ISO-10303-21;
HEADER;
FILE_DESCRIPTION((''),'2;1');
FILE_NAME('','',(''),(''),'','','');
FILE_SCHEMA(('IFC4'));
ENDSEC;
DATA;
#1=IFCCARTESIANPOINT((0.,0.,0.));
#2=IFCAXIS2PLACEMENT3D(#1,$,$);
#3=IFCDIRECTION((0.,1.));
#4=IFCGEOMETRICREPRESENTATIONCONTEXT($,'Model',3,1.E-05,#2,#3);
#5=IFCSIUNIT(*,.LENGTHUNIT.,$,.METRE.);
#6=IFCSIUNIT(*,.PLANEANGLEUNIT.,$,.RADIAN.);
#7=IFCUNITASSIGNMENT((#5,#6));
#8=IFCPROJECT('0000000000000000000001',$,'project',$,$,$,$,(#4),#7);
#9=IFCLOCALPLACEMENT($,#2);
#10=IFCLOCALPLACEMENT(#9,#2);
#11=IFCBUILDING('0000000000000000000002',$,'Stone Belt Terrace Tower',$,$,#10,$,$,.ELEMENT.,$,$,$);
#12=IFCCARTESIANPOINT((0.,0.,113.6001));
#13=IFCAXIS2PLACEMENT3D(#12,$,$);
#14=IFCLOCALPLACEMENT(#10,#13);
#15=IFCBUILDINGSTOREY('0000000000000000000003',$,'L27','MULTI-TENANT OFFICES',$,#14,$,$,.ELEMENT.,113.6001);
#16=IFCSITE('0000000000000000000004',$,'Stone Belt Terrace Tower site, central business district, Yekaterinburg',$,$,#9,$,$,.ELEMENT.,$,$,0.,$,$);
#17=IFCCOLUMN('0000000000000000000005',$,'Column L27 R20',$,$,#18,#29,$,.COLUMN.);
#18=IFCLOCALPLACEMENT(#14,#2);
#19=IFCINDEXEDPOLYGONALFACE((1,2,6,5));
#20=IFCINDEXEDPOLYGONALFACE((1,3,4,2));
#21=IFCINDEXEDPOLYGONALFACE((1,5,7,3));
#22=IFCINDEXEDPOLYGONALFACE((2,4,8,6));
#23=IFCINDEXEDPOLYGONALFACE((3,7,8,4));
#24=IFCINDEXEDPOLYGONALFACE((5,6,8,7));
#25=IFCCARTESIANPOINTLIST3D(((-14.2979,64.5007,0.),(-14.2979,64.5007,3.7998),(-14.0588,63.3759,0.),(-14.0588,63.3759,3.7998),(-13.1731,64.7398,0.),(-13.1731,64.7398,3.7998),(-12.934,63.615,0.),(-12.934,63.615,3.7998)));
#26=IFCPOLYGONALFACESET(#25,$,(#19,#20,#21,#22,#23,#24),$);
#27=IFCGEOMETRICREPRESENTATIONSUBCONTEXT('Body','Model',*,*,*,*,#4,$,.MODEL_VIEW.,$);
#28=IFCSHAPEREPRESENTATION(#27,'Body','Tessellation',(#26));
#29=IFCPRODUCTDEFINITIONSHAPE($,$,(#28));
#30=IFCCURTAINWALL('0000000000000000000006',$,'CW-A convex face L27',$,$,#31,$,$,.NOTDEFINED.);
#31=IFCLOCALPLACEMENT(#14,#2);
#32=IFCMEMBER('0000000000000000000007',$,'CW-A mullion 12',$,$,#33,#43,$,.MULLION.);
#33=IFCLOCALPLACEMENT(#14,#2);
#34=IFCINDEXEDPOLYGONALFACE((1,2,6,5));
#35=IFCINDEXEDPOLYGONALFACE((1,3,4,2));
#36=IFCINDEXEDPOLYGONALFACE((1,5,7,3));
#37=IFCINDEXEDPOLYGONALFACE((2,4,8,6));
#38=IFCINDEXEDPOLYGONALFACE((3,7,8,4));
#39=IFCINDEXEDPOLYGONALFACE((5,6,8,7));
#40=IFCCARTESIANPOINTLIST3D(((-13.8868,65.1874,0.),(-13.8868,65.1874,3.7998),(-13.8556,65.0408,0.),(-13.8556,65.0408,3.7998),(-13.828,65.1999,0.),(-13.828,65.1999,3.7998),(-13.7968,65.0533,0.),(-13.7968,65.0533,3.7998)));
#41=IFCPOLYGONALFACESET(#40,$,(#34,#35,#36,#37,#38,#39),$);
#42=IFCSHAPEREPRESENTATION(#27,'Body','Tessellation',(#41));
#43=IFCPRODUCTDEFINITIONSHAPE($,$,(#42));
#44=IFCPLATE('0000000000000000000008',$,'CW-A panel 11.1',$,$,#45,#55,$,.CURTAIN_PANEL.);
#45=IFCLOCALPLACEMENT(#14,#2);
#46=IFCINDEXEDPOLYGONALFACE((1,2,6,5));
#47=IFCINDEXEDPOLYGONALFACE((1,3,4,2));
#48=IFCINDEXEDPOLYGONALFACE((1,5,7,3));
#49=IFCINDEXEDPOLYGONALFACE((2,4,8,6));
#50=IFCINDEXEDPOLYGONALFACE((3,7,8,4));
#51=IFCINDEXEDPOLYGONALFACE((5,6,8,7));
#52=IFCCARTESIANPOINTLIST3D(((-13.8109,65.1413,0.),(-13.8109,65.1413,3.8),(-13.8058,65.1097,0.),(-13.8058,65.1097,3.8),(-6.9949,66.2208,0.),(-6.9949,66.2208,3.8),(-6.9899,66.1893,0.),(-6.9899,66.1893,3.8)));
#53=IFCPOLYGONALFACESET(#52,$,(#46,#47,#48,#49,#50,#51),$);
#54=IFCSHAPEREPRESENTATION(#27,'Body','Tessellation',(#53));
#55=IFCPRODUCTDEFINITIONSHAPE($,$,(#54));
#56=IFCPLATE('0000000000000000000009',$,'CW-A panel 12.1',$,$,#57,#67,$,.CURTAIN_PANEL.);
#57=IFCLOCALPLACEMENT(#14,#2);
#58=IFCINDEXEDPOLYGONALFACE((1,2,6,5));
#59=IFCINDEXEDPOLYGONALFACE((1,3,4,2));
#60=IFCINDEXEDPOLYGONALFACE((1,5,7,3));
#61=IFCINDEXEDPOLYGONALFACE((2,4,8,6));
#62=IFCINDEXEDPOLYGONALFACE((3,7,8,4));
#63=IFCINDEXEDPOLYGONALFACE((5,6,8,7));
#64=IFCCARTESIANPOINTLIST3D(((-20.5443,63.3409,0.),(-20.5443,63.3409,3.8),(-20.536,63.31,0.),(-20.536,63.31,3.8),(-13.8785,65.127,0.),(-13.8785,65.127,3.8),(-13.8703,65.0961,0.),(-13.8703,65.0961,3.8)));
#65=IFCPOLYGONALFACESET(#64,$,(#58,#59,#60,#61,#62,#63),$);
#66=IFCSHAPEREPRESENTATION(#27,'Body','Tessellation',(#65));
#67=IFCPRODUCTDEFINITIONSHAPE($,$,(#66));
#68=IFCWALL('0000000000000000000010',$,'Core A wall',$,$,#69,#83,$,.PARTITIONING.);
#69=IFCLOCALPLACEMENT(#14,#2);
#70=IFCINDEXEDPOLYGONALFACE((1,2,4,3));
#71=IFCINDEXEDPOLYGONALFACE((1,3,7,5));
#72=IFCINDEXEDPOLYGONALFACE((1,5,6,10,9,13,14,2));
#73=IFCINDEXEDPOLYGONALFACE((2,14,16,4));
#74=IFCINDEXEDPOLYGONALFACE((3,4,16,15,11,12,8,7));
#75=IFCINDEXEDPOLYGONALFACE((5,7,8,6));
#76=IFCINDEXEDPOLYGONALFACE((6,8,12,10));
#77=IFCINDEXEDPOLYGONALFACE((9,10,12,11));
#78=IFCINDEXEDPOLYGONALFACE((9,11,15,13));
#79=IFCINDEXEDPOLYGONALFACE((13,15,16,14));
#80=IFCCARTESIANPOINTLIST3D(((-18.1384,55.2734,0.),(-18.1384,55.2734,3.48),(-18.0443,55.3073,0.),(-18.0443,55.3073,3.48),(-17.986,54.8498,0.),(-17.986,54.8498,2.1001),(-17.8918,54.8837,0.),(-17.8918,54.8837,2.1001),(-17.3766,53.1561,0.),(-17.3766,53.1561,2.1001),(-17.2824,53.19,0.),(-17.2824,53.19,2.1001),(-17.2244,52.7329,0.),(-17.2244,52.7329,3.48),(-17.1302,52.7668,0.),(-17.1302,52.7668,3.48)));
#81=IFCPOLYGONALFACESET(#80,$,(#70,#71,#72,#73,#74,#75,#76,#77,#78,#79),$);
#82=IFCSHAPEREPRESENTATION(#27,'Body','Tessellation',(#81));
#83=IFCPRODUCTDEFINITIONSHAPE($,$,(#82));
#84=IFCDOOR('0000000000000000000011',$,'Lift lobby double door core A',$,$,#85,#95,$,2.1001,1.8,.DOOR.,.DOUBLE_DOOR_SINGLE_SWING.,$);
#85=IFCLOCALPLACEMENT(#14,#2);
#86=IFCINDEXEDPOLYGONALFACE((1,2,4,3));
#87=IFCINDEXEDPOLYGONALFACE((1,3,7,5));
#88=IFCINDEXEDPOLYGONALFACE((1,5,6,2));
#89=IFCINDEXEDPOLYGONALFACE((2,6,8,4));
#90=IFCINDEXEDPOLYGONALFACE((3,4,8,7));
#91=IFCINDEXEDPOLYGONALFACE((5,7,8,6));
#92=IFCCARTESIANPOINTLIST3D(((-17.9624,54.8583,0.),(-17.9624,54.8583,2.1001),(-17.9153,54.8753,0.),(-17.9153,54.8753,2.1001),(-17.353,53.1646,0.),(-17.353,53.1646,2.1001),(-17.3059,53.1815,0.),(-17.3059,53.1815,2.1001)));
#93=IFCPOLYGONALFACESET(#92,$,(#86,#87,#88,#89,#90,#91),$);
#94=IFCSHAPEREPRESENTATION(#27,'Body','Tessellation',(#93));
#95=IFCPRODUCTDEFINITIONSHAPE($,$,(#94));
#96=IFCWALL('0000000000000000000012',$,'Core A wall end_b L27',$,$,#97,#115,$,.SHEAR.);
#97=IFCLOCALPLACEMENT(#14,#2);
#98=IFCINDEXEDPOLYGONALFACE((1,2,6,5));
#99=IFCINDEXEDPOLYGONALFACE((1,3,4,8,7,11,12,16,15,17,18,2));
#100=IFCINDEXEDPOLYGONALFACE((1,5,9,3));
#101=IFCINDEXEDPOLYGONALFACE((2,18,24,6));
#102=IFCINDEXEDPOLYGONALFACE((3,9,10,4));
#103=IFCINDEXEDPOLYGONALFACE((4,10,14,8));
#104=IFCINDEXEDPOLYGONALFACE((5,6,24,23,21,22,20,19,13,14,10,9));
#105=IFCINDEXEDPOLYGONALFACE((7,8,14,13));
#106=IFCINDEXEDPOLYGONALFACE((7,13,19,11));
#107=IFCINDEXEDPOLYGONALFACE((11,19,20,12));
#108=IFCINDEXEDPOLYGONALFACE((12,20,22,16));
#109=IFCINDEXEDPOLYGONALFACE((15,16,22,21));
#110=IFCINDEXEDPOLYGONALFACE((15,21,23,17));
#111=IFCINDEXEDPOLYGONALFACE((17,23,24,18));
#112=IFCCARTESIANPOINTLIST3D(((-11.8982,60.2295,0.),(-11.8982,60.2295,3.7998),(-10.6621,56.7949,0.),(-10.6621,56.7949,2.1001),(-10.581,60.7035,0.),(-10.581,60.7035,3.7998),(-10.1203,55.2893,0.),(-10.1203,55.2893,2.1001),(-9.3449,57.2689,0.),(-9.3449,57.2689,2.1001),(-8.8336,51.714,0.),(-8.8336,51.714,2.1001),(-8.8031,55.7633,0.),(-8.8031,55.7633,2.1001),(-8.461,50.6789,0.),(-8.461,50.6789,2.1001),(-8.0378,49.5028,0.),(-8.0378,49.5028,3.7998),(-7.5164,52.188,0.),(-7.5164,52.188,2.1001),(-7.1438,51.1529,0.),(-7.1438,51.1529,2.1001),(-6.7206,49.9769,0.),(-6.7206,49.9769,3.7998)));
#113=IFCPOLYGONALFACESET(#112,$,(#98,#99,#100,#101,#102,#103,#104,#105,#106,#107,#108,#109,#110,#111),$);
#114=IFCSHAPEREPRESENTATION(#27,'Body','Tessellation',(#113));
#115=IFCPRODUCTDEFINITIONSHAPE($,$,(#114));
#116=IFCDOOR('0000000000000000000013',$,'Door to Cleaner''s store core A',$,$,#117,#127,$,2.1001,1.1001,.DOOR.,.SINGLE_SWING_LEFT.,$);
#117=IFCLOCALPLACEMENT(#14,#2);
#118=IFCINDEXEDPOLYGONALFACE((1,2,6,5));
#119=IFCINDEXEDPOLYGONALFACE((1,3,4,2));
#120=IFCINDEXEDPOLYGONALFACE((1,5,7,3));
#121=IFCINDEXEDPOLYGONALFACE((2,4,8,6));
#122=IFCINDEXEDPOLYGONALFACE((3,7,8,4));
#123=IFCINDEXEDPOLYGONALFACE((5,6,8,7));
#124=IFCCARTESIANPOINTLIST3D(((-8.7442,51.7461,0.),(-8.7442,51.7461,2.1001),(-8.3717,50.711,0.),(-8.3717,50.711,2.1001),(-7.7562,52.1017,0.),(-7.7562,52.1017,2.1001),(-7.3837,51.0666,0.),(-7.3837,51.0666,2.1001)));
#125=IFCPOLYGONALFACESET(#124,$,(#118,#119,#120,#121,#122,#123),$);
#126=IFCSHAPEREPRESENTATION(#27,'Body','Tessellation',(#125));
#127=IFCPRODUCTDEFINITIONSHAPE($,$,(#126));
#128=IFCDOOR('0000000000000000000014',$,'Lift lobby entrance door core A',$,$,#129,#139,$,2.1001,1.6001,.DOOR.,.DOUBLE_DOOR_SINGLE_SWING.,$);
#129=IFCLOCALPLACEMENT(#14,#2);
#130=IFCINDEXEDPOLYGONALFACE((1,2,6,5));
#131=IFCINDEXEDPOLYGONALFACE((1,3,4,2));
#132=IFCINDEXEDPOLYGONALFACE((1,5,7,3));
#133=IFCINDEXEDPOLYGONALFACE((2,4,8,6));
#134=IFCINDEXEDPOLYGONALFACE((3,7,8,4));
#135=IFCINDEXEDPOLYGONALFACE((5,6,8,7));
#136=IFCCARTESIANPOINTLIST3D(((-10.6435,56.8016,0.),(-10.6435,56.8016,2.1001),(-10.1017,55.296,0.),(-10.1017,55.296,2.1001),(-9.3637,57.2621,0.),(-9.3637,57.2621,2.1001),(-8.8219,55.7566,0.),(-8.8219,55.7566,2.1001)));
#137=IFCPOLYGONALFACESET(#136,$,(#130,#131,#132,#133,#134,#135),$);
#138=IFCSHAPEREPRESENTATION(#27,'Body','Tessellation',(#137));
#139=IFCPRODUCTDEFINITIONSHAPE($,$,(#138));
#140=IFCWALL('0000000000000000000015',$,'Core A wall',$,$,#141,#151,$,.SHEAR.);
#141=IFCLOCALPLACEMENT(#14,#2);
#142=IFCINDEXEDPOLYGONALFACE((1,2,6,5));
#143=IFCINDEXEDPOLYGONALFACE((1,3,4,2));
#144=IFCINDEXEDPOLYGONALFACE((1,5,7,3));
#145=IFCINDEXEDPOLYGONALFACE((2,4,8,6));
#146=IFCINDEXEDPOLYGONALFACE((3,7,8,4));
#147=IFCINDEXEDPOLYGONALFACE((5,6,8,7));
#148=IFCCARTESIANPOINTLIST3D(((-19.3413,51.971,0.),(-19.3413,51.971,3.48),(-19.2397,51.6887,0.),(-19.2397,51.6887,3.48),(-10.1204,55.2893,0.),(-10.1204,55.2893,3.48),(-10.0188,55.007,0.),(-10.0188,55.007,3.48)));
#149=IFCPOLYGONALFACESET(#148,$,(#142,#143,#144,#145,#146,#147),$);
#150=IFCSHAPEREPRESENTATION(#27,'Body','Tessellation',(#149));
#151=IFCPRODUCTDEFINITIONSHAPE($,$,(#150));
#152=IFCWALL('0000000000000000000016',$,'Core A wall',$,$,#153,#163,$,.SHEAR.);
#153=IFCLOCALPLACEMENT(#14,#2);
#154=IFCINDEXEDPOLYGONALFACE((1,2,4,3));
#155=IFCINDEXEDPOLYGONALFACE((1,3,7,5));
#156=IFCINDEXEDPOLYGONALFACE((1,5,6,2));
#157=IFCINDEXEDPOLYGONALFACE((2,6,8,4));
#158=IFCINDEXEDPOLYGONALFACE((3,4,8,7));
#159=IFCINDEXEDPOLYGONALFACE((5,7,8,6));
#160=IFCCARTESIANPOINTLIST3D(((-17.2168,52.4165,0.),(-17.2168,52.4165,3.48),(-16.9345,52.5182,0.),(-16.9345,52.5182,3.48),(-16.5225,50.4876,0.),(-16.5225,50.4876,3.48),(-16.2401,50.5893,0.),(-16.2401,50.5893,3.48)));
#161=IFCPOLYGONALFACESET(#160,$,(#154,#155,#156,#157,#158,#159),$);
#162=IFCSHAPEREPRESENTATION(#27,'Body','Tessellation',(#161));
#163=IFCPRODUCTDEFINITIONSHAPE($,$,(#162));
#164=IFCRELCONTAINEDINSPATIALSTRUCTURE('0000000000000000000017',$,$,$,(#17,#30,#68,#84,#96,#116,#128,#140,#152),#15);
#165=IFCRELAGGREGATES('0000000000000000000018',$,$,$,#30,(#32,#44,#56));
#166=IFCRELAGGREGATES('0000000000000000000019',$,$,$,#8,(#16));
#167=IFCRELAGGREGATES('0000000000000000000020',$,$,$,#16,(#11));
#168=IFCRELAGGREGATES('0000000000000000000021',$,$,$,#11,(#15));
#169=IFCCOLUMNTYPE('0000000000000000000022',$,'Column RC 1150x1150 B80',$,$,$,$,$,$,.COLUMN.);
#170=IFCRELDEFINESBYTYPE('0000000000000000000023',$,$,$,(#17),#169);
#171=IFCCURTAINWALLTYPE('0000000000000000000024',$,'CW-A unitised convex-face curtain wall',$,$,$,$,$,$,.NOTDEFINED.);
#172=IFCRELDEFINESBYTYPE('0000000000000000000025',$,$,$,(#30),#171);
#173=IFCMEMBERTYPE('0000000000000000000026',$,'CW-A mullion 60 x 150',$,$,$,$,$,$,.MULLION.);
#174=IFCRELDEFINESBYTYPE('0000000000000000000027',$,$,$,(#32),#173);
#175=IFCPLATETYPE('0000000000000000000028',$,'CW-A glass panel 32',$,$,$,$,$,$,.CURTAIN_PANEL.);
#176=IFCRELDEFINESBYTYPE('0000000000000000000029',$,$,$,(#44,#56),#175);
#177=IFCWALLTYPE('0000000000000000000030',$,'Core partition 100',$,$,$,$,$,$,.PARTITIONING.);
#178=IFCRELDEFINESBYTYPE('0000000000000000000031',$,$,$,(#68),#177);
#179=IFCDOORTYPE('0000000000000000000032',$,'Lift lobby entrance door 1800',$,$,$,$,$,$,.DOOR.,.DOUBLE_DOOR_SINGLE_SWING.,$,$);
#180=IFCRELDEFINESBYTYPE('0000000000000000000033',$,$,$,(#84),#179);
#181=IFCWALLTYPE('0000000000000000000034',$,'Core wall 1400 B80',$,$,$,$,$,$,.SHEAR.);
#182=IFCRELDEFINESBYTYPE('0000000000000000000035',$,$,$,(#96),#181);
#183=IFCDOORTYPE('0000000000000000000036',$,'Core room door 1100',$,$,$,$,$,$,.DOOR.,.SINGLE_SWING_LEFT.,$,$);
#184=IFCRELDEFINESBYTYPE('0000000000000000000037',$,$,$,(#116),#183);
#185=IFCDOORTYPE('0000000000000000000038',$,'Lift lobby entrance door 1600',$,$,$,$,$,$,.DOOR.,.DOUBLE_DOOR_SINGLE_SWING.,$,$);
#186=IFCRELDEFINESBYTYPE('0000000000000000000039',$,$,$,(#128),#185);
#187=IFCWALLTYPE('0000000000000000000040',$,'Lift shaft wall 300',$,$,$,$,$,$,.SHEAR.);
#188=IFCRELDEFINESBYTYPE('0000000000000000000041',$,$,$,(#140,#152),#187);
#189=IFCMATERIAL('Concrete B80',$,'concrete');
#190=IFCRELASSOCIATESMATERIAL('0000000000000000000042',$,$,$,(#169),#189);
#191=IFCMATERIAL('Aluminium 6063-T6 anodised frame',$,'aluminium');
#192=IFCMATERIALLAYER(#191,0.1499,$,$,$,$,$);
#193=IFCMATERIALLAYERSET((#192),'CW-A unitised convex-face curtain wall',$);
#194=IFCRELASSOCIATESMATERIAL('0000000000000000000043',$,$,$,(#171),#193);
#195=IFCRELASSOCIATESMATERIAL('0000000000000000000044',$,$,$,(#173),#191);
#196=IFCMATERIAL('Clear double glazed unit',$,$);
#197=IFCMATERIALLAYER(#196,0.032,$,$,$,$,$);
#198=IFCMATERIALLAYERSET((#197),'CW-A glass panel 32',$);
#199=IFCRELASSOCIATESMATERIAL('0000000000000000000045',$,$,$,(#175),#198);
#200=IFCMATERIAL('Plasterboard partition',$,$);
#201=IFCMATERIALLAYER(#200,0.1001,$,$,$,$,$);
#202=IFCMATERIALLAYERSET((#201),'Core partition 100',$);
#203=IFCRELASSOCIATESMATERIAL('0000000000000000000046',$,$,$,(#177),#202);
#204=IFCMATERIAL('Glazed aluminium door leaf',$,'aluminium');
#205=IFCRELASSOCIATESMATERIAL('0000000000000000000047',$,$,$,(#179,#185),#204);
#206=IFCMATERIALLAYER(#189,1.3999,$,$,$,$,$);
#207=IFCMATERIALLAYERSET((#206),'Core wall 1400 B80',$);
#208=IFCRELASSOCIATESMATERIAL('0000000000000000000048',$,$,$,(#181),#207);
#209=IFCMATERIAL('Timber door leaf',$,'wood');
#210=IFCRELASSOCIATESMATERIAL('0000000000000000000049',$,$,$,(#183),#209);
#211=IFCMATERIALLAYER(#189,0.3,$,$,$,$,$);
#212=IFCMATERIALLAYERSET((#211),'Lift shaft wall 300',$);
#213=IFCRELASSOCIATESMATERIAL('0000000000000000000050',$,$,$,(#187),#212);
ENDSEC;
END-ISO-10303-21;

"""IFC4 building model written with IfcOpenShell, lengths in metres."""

from ifc_helpers import new_model, si_unit, direction, frame, frame_2d, origin, origin_2d, place, context, subcontext, project, spatial, rectangle, extrude, material, layer, layer_set, material_profile, profile_set, type_object, element, fill, aggregate, save


model = new_model("IFC4")

# Units and contexts
model_context = context("Model", 3, precision=1e-05, world=origin(), true_north=direction((0.0, 1.0)))
body_context = subcontext(model_context, "Body", "Model", "MODEL_VIEW")
ifc_project = project(units=[si_unit("LENGTHUNIT", "METRE"), si_unit("PLANEANGLEUNIT", "RADIAN")], contexts=[model_context])

# Site, building, storey
site_placement = place(None, origin())
site = spatial("IfcSite", under=ifc_project, at=site_placement, Name="Stone Belt Terrace Tower site, central business district, Yekaterinburg", CompositionType="ELEMENT", RefElevation=0.0)
building_placement = place(site_placement, origin())
building = spatial("IfcBuilding", under=site, at=building_placement, Name="Stone Belt Terrace Tower", CompositionType="ELEMENT")
storey_placement = place(building_placement, frame((0.0, 0.0, 113.6001)))
storey = spatial("IfcBuildingStorey", under=building, at=storey_placement, Name="L27", Description="MULTI-TENANT OFFICES", CompositionType="ELEMENT", Elevation=113.6001)

# Column
ifc_material_1 = material(Name="Concrete B80", Category="concrete")
ifc_material_profile_1 = material_profile(ifc_material_1, rectangle(XDim=1.1499, YDim=1.1499, at=origin_2d()), Name="RC 1150x1150")
ifc_profile_set_1 = profile_set([ifc_material_profile_1], Name="Concrete B80")
column_type = type_object("IfcColumnType", Name="Column RC 1150x1150 B80", PredefinedType="COLUMN", material=ifc_profile_set_1)
column_placement = place(storey_placement, frame((-13.616, 64.0579, 0.0), z_axis=(0.0, 0.0, 1.0), x_axis=(0.978148, 0.207912, 0.0)))
element("IfcColumn", 1, at=column_placement, inside=storey, type_object=column_type, Name="Column L27 R20", PredefinedType="COLUMN", context=body_context, shape_type="SweptSolid", body=[
    extrude(rectangle(XDim=1.1499, YDim=1.1499, at=origin_2d()), origin(), (0.0, 0.0, 1.0), 3.7998),
])

# Curtain wall, member, plates
ifc_material_2 = material(Name="Aluminium 6063-T6 anodised frame", Category="aluminium")
ifc_layer_1 = layer(ifc_material_2, 0.1499)
ifc_layer_set_1 = layer_set([ifc_layer_1], Name="CW-A unitised convex-face curtain wall")
curtain_wall_type = type_object("IfcCurtainWallType", Name="CW-A unitised convex-face curtain wall", PredefinedType="NOTDEFINED", material=ifc_layer_set_1)
curtain_wall_placement = place(storey_placement, origin())
curtain_wall = element("IfcCurtainWall", 2, at=curtain_wall_placement, inside=storey, type_object=curtain_wall_type, Name="CW-A convex face L27", PredefinedType="NOTDEFINED")
ifc_material_profile_2 = material_profile(ifc_material_2, rectangle(XDim=0.1499, YDim=0.0601, at=origin_2d()), Name="Aluminium 6063-T6 60x150")
ifc_profile_set_2 = profile_set([ifc_material_profile_2], Name="Aluminium 6063-T6 anodised frame")
member_type = type_object("IfcMemberType", Name="CW-A mullion 60 x 150", PredefinedType="MULLION", material=ifc_profile_set_2)
member_placement = place(storey_placement, frame((-13.8418, 65.1204, 0.0), z_axis=(0.0, 0.0, 1.0), x_axis=(0.207912, -0.978148, 0.0)))
member = element("IfcMember", 3, at=member_placement, type_object=member_type, Name="CW-A mullion 12", PredefinedType="MULLION", context=body_context, shape_type="SweptSolid", body=[
    extrude(rectangle(XDim=0.1499, YDim=0.0601, at=origin_2d()), origin(), (0.0, 0.0, 1.0), 3.7998),
])
ifc_material_3 = material(Name="Clear double glazed unit")
ifc_layer_2 = layer(ifc_material_3, 0.032)
ifc_layer_set_2 = layer_set([ifc_layer_2], Name="CW-A glass panel 32")
plate_type = type_object("IfcPlateType", Name="CW-A glass panel 32", PredefinedType="CURTAIN_PANEL", material=ifc_layer_set_2)
plate_1_placement = place(storey_placement, frame((-10.4004, 65.6653, 0.0), z_axis=(0.0, 0.0, 1.0), x_axis=(-0.987688, -0.156434, 0.0)))
plate_1 = element("IfcPlate", 4, at=plate_1_placement, type_object=plate_type, Name="CW-A panel 11.1", PredefinedType="CURTAIN_PANEL", context=body_context, shape_type="SweptSolid", body=[
    extrude(rectangle(XDim=6.9009, YDim=0.032, at=origin_2d()), origin(), (0.0, 0.0, 1.0), 3.8),
])
plate_2_placement = place(storey_placement, frame((-17.2073, 64.2185, 0.0), z_axis=(0.0, 0.0, 1.0), x_axis=(-0.965926, -0.258819, 0.0)))
plate_2 = element("IfcPlate", 5, at=plate_2_placement, type_object=plate_type, Name="CW-A panel 12.1", PredefinedType="CURTAIN_PANEL", context=body_context, shape_type="SweptSolid", body=[
    extrude(rectangle(XDim=6.9009, YDim=0.032, at=origin_2d()), origin(), (0.0, 0.0, 1.0), 3.8),
])
aggregate(curtain_wall, [member, plate_1, plate_2])

# Wall, opening, door
ifc_material_4 = material(Name="Plasterboard partition")
ifc_layer_3 = layer(ifc_material_4, 0.1001)
ifc_layer_set_3 = layer_set([ifc_layer_3], Name="Core partition 100")
wall_type_1 = type_object("IfcWallType", Name="Core partition 100", PredefinedType="PARTITIONING", material=ifc_layer_set_3)
wall_1_placement = place(storey_placement, frame((-17.1772, 52.7498, 0.0), z_axis=(0.0, 0.0, 1.0), x_axis=(-0.338547, 0.94095, 0.0)))
wall_1 = element("IfcWall", 6, at=wall_1_placement, inside=storey, type_object=wall_type_1, Name="Core A wall", PredefinedType="PARTITIONING", context=body_context, shape_type="SweptSolid", body=[
    extrude(rectangle(XDim=2.7, YDim=0.1001, at=frame_2d((1.3501, 0.0))), origin(), (0.0, 0.0, 1.0), 3.48),
])
opening_1_placement = place(wall_1_placement, frame((0.45, 0.0, 0.0)))
opening_1 = element("IfcOpeningElement", 7, at=opening_1_placement, cuts=wall_1, PredefinedType="OPENING", context=body_context, shape_type="SweptSolid", body=[
    extrude(rectangle(XDim=1.8, YDim=2.1001, at=frame_2d((0.8999, 1.05))), frame((0.0, 0.0601, 0.0), z_axis=(0.0, -1.0, 0.0), x_axis=(1.0, 0.0, 0.0)), (0.0, 0.0, 1.0), 0.1201),
])
ifc_material_5 = material(Name="Glazed aluminium door leaf", Category="aluminium")
door_type_1 = type_object("IfcDoorType", Name="Lift lobby entrance door 1800", OperationType="DOUBLE_DOOR_SINGLE_SWING", PredefinedType="DOOR", material=ifc_material_5)
door_1_placement = place(opening_1_placement, origin())
door_1 = element("IfcDoor", 8, at=door_1_placement, inside=storey, type_object=door_type_1, Name="Lift lobby double door core A", OperationType="DOUBLE_DOOR_SINGLE_SWING", OverallHeight=2.1001, OverallWidth=1.8, PredefinedType="DOOR", context=body_context, shape_type="SweptSolid", body=[
    extrude(rectangle(XDim=1.8, YDim=2.1001, at=frame_2d((0.8999, 1.05))), frame((0.0, 0.0249, 0.0), z_axis=(0.0, -1.0, 0.0), x_axis=(1.0, 0.0, 0.0)), (0.0, 0.0, 1.0), 0.05),
])
fill(opening_1, door_1)

# Wall, openings, doors
ifc_layer_4 = layer(ifc_material_1, 1.3999)
ifc_layer_set_4 = layer_set([ifc_layer_4], Name="Core wall 1400 B80")
wall_type_2 = type_object("IfcWallType", Name="Core wall 1400 B80", PredefinedType="SHEAR", material=ifc_layer_set_4)
wall_2_placement = place(storey_placement, frame((-7.3792, 49.7397, 0.0), z_axis=(0.0, 0.0, 1.0), x_axis=(-0.338625, 0.940921, 0.0)))
wall_2 = element("IfcWall", 9, at=wall_2_placement, inside=storey, type_object=wall_type_2, Name="Core A wall end_b L27", PredefinedType="SHEAR", context=body_context, shape_type="SweptSolid", body=[
    extrude(rectangle(XDim=11.4001, YDim=1.3999, at=frame_2d((5.7002, 0.0))), origin(), (0.0, 0.0, 1.0), 3.7998),
])
opening_2_placement = place(wall_2_placement, frame((6.1499, 0.0, 0.0)))
opening_2 = element("IfcOpeningElement", 10, at=opening_2_placement, cuts=wall_2, PredefinedType="OPENING", context=body_context, shape_type="SweptSolid", body=[
    extrude(rectangle(XDim=1.6001, YDim=2.1001, at=frame_2d((0.8, 1.05))), frame((0.0, 0.71, 0.0), z_axis=(0.0, -1.0, 0.0), x_axis=(1.0, 0.0, 0.0)), (0.0, 0.0, 1.0), 1.4199),
])
opening_3_placement = place(wall_2_placement, frame((1.25, 0.0, 0.0)))
opening_3 = element("IfcOpeningElement", 11, at=opening_3_placement, cuts=wall_2, PredefinedType="OPENING", context=body_context, shape_type="SweptSolid", body=[
    extrude(rectangle(XDim=1.1001, YDim=2.1001, at=frame_2d((0.55, 1.05))), frame((0.0, 0.71, 0.0), z_axis=(0.0, -1.0, 0.0), x_axis=(1.0, 0.0, 0.0)), (0.0, 0.0, 1.0), 1.4199),
])
ifc_material_6 = material(Name="Timber door leaf", Category="wood")
door_type_2 = type_object("IfcDoorType", Name="Core room door 1100", OperationType="SINGLE_SWING_LEFT", PredefinedType="DOOR", material=ifc_material_6)
door_2_placement = place(opening_3_placement, origin())
door_2 = element("IfcDoor", 12, at=door_2_placement, inside=storey, type_object=door_type_2, Name="Door to Cleaner's store core A", OperationType="SINGLE_SWING_LEFT", OverallHeight=2.1001, OverallWidth=1.1001, PredefinedType="DOOR", context=body_context, shape_type="SweptSolid", body=[
    extrude(rectangle(XDim=1.1001, YDim=2.1001, at=frame_2d((0.55, 1.05))), frame((0.0, 0.605, 0.0), z_axis=(0.0, -1.0, 0.0), x_axis=(1.0, 0.0, 0.0)), (0.0, 0.0, 1.0), 1.05),
])
fill(opening_3, door_2)
door_type_3 = type_object("IfcDoorType", Name="Lift lobby entrance door 1600", OperationType="DOUBLE_DOOR_SINGLE_SWING", PredefinedType="DOOR", material=ifc_material_5)
door_3_placement = place(opening_2_placement, origin())
door_3 = element("IfcDoor", 13, at=door_3_placement, inside=storey, type_object=door_type_3, Name="Lift lobby entrance door core A", OperationType="DOUBLE_DOOR_SINGLE_SWING", OverallHeight=2.1001, OverallWidth=1.6001, PredefinedType="DOOR", context=body_context, shape_type="SweptSolid", body=[
    extrude(rectangle(XDim=1.6001, YDim=2.1001, at=frame_2d((0.8, 1.05))), frame((0.0, 0.6802, 0.0), z_axis=(0.0, -1.0, 0.0), x_axis=(1.0, 0.0, 0.0)), (0.0, 0.0, 1.0), 1.3601),
])
fill(opening_2, door_3)

# Walls
ifc_layer_5 = layer(ifc_material_1, 0.3)
ifc_layer_set_5 = layer_set([ifc_layer_5], Name="Lift shaft wall 300")
wall_type_3 = type_object("IfcWallType", Name="Lift shaft wall 300", PredefinedType="SHEAR", material=ifc_layer_set_5)
wall_3_placement = place(storey_placement, frame((-19.2905, 51.8298, 0.0), z_axis=(0.0, 0.0, 1.0), x_axis=(0.940926, 0.338613, 0.0)))
element("IfcWall", 14, at=wall_3_placement, inside=storey, type_object=wall_type_3, Name="Core A wall", PredefinedType="SHEAR", context=body_context, shape_type="SweptSolid", body=[
    extrude(rectangle(XDim=9.7998, YDim=0.3, at=frame_2d((4.8999, 0.0))), origin(), (0.0, 0.0, 1.0), 3.48),
])
wall_4_placement = place(storey_placement, frame((-16.3813, 50.5386, 0.0), z_axis=(0.0, 0.0, 1.0), x_axis=(-0.338682, 0.940901, 0.0)))
element("IfcWall", 15, at=wall_4_placement, inside=storey, type_object=wall_type_3, Name="Core A wall", PredefinedType="SHEAR", context=body_context, shape_type="SweptSolid", body=[
    extrude(rectangle(XDim=2.05, YDim=0.3, at=frame_2d((1.0249, 0.0))), origin(), (0.0, 0.0, 1.0), 3.48),
])

save(model, "model.ifc")
